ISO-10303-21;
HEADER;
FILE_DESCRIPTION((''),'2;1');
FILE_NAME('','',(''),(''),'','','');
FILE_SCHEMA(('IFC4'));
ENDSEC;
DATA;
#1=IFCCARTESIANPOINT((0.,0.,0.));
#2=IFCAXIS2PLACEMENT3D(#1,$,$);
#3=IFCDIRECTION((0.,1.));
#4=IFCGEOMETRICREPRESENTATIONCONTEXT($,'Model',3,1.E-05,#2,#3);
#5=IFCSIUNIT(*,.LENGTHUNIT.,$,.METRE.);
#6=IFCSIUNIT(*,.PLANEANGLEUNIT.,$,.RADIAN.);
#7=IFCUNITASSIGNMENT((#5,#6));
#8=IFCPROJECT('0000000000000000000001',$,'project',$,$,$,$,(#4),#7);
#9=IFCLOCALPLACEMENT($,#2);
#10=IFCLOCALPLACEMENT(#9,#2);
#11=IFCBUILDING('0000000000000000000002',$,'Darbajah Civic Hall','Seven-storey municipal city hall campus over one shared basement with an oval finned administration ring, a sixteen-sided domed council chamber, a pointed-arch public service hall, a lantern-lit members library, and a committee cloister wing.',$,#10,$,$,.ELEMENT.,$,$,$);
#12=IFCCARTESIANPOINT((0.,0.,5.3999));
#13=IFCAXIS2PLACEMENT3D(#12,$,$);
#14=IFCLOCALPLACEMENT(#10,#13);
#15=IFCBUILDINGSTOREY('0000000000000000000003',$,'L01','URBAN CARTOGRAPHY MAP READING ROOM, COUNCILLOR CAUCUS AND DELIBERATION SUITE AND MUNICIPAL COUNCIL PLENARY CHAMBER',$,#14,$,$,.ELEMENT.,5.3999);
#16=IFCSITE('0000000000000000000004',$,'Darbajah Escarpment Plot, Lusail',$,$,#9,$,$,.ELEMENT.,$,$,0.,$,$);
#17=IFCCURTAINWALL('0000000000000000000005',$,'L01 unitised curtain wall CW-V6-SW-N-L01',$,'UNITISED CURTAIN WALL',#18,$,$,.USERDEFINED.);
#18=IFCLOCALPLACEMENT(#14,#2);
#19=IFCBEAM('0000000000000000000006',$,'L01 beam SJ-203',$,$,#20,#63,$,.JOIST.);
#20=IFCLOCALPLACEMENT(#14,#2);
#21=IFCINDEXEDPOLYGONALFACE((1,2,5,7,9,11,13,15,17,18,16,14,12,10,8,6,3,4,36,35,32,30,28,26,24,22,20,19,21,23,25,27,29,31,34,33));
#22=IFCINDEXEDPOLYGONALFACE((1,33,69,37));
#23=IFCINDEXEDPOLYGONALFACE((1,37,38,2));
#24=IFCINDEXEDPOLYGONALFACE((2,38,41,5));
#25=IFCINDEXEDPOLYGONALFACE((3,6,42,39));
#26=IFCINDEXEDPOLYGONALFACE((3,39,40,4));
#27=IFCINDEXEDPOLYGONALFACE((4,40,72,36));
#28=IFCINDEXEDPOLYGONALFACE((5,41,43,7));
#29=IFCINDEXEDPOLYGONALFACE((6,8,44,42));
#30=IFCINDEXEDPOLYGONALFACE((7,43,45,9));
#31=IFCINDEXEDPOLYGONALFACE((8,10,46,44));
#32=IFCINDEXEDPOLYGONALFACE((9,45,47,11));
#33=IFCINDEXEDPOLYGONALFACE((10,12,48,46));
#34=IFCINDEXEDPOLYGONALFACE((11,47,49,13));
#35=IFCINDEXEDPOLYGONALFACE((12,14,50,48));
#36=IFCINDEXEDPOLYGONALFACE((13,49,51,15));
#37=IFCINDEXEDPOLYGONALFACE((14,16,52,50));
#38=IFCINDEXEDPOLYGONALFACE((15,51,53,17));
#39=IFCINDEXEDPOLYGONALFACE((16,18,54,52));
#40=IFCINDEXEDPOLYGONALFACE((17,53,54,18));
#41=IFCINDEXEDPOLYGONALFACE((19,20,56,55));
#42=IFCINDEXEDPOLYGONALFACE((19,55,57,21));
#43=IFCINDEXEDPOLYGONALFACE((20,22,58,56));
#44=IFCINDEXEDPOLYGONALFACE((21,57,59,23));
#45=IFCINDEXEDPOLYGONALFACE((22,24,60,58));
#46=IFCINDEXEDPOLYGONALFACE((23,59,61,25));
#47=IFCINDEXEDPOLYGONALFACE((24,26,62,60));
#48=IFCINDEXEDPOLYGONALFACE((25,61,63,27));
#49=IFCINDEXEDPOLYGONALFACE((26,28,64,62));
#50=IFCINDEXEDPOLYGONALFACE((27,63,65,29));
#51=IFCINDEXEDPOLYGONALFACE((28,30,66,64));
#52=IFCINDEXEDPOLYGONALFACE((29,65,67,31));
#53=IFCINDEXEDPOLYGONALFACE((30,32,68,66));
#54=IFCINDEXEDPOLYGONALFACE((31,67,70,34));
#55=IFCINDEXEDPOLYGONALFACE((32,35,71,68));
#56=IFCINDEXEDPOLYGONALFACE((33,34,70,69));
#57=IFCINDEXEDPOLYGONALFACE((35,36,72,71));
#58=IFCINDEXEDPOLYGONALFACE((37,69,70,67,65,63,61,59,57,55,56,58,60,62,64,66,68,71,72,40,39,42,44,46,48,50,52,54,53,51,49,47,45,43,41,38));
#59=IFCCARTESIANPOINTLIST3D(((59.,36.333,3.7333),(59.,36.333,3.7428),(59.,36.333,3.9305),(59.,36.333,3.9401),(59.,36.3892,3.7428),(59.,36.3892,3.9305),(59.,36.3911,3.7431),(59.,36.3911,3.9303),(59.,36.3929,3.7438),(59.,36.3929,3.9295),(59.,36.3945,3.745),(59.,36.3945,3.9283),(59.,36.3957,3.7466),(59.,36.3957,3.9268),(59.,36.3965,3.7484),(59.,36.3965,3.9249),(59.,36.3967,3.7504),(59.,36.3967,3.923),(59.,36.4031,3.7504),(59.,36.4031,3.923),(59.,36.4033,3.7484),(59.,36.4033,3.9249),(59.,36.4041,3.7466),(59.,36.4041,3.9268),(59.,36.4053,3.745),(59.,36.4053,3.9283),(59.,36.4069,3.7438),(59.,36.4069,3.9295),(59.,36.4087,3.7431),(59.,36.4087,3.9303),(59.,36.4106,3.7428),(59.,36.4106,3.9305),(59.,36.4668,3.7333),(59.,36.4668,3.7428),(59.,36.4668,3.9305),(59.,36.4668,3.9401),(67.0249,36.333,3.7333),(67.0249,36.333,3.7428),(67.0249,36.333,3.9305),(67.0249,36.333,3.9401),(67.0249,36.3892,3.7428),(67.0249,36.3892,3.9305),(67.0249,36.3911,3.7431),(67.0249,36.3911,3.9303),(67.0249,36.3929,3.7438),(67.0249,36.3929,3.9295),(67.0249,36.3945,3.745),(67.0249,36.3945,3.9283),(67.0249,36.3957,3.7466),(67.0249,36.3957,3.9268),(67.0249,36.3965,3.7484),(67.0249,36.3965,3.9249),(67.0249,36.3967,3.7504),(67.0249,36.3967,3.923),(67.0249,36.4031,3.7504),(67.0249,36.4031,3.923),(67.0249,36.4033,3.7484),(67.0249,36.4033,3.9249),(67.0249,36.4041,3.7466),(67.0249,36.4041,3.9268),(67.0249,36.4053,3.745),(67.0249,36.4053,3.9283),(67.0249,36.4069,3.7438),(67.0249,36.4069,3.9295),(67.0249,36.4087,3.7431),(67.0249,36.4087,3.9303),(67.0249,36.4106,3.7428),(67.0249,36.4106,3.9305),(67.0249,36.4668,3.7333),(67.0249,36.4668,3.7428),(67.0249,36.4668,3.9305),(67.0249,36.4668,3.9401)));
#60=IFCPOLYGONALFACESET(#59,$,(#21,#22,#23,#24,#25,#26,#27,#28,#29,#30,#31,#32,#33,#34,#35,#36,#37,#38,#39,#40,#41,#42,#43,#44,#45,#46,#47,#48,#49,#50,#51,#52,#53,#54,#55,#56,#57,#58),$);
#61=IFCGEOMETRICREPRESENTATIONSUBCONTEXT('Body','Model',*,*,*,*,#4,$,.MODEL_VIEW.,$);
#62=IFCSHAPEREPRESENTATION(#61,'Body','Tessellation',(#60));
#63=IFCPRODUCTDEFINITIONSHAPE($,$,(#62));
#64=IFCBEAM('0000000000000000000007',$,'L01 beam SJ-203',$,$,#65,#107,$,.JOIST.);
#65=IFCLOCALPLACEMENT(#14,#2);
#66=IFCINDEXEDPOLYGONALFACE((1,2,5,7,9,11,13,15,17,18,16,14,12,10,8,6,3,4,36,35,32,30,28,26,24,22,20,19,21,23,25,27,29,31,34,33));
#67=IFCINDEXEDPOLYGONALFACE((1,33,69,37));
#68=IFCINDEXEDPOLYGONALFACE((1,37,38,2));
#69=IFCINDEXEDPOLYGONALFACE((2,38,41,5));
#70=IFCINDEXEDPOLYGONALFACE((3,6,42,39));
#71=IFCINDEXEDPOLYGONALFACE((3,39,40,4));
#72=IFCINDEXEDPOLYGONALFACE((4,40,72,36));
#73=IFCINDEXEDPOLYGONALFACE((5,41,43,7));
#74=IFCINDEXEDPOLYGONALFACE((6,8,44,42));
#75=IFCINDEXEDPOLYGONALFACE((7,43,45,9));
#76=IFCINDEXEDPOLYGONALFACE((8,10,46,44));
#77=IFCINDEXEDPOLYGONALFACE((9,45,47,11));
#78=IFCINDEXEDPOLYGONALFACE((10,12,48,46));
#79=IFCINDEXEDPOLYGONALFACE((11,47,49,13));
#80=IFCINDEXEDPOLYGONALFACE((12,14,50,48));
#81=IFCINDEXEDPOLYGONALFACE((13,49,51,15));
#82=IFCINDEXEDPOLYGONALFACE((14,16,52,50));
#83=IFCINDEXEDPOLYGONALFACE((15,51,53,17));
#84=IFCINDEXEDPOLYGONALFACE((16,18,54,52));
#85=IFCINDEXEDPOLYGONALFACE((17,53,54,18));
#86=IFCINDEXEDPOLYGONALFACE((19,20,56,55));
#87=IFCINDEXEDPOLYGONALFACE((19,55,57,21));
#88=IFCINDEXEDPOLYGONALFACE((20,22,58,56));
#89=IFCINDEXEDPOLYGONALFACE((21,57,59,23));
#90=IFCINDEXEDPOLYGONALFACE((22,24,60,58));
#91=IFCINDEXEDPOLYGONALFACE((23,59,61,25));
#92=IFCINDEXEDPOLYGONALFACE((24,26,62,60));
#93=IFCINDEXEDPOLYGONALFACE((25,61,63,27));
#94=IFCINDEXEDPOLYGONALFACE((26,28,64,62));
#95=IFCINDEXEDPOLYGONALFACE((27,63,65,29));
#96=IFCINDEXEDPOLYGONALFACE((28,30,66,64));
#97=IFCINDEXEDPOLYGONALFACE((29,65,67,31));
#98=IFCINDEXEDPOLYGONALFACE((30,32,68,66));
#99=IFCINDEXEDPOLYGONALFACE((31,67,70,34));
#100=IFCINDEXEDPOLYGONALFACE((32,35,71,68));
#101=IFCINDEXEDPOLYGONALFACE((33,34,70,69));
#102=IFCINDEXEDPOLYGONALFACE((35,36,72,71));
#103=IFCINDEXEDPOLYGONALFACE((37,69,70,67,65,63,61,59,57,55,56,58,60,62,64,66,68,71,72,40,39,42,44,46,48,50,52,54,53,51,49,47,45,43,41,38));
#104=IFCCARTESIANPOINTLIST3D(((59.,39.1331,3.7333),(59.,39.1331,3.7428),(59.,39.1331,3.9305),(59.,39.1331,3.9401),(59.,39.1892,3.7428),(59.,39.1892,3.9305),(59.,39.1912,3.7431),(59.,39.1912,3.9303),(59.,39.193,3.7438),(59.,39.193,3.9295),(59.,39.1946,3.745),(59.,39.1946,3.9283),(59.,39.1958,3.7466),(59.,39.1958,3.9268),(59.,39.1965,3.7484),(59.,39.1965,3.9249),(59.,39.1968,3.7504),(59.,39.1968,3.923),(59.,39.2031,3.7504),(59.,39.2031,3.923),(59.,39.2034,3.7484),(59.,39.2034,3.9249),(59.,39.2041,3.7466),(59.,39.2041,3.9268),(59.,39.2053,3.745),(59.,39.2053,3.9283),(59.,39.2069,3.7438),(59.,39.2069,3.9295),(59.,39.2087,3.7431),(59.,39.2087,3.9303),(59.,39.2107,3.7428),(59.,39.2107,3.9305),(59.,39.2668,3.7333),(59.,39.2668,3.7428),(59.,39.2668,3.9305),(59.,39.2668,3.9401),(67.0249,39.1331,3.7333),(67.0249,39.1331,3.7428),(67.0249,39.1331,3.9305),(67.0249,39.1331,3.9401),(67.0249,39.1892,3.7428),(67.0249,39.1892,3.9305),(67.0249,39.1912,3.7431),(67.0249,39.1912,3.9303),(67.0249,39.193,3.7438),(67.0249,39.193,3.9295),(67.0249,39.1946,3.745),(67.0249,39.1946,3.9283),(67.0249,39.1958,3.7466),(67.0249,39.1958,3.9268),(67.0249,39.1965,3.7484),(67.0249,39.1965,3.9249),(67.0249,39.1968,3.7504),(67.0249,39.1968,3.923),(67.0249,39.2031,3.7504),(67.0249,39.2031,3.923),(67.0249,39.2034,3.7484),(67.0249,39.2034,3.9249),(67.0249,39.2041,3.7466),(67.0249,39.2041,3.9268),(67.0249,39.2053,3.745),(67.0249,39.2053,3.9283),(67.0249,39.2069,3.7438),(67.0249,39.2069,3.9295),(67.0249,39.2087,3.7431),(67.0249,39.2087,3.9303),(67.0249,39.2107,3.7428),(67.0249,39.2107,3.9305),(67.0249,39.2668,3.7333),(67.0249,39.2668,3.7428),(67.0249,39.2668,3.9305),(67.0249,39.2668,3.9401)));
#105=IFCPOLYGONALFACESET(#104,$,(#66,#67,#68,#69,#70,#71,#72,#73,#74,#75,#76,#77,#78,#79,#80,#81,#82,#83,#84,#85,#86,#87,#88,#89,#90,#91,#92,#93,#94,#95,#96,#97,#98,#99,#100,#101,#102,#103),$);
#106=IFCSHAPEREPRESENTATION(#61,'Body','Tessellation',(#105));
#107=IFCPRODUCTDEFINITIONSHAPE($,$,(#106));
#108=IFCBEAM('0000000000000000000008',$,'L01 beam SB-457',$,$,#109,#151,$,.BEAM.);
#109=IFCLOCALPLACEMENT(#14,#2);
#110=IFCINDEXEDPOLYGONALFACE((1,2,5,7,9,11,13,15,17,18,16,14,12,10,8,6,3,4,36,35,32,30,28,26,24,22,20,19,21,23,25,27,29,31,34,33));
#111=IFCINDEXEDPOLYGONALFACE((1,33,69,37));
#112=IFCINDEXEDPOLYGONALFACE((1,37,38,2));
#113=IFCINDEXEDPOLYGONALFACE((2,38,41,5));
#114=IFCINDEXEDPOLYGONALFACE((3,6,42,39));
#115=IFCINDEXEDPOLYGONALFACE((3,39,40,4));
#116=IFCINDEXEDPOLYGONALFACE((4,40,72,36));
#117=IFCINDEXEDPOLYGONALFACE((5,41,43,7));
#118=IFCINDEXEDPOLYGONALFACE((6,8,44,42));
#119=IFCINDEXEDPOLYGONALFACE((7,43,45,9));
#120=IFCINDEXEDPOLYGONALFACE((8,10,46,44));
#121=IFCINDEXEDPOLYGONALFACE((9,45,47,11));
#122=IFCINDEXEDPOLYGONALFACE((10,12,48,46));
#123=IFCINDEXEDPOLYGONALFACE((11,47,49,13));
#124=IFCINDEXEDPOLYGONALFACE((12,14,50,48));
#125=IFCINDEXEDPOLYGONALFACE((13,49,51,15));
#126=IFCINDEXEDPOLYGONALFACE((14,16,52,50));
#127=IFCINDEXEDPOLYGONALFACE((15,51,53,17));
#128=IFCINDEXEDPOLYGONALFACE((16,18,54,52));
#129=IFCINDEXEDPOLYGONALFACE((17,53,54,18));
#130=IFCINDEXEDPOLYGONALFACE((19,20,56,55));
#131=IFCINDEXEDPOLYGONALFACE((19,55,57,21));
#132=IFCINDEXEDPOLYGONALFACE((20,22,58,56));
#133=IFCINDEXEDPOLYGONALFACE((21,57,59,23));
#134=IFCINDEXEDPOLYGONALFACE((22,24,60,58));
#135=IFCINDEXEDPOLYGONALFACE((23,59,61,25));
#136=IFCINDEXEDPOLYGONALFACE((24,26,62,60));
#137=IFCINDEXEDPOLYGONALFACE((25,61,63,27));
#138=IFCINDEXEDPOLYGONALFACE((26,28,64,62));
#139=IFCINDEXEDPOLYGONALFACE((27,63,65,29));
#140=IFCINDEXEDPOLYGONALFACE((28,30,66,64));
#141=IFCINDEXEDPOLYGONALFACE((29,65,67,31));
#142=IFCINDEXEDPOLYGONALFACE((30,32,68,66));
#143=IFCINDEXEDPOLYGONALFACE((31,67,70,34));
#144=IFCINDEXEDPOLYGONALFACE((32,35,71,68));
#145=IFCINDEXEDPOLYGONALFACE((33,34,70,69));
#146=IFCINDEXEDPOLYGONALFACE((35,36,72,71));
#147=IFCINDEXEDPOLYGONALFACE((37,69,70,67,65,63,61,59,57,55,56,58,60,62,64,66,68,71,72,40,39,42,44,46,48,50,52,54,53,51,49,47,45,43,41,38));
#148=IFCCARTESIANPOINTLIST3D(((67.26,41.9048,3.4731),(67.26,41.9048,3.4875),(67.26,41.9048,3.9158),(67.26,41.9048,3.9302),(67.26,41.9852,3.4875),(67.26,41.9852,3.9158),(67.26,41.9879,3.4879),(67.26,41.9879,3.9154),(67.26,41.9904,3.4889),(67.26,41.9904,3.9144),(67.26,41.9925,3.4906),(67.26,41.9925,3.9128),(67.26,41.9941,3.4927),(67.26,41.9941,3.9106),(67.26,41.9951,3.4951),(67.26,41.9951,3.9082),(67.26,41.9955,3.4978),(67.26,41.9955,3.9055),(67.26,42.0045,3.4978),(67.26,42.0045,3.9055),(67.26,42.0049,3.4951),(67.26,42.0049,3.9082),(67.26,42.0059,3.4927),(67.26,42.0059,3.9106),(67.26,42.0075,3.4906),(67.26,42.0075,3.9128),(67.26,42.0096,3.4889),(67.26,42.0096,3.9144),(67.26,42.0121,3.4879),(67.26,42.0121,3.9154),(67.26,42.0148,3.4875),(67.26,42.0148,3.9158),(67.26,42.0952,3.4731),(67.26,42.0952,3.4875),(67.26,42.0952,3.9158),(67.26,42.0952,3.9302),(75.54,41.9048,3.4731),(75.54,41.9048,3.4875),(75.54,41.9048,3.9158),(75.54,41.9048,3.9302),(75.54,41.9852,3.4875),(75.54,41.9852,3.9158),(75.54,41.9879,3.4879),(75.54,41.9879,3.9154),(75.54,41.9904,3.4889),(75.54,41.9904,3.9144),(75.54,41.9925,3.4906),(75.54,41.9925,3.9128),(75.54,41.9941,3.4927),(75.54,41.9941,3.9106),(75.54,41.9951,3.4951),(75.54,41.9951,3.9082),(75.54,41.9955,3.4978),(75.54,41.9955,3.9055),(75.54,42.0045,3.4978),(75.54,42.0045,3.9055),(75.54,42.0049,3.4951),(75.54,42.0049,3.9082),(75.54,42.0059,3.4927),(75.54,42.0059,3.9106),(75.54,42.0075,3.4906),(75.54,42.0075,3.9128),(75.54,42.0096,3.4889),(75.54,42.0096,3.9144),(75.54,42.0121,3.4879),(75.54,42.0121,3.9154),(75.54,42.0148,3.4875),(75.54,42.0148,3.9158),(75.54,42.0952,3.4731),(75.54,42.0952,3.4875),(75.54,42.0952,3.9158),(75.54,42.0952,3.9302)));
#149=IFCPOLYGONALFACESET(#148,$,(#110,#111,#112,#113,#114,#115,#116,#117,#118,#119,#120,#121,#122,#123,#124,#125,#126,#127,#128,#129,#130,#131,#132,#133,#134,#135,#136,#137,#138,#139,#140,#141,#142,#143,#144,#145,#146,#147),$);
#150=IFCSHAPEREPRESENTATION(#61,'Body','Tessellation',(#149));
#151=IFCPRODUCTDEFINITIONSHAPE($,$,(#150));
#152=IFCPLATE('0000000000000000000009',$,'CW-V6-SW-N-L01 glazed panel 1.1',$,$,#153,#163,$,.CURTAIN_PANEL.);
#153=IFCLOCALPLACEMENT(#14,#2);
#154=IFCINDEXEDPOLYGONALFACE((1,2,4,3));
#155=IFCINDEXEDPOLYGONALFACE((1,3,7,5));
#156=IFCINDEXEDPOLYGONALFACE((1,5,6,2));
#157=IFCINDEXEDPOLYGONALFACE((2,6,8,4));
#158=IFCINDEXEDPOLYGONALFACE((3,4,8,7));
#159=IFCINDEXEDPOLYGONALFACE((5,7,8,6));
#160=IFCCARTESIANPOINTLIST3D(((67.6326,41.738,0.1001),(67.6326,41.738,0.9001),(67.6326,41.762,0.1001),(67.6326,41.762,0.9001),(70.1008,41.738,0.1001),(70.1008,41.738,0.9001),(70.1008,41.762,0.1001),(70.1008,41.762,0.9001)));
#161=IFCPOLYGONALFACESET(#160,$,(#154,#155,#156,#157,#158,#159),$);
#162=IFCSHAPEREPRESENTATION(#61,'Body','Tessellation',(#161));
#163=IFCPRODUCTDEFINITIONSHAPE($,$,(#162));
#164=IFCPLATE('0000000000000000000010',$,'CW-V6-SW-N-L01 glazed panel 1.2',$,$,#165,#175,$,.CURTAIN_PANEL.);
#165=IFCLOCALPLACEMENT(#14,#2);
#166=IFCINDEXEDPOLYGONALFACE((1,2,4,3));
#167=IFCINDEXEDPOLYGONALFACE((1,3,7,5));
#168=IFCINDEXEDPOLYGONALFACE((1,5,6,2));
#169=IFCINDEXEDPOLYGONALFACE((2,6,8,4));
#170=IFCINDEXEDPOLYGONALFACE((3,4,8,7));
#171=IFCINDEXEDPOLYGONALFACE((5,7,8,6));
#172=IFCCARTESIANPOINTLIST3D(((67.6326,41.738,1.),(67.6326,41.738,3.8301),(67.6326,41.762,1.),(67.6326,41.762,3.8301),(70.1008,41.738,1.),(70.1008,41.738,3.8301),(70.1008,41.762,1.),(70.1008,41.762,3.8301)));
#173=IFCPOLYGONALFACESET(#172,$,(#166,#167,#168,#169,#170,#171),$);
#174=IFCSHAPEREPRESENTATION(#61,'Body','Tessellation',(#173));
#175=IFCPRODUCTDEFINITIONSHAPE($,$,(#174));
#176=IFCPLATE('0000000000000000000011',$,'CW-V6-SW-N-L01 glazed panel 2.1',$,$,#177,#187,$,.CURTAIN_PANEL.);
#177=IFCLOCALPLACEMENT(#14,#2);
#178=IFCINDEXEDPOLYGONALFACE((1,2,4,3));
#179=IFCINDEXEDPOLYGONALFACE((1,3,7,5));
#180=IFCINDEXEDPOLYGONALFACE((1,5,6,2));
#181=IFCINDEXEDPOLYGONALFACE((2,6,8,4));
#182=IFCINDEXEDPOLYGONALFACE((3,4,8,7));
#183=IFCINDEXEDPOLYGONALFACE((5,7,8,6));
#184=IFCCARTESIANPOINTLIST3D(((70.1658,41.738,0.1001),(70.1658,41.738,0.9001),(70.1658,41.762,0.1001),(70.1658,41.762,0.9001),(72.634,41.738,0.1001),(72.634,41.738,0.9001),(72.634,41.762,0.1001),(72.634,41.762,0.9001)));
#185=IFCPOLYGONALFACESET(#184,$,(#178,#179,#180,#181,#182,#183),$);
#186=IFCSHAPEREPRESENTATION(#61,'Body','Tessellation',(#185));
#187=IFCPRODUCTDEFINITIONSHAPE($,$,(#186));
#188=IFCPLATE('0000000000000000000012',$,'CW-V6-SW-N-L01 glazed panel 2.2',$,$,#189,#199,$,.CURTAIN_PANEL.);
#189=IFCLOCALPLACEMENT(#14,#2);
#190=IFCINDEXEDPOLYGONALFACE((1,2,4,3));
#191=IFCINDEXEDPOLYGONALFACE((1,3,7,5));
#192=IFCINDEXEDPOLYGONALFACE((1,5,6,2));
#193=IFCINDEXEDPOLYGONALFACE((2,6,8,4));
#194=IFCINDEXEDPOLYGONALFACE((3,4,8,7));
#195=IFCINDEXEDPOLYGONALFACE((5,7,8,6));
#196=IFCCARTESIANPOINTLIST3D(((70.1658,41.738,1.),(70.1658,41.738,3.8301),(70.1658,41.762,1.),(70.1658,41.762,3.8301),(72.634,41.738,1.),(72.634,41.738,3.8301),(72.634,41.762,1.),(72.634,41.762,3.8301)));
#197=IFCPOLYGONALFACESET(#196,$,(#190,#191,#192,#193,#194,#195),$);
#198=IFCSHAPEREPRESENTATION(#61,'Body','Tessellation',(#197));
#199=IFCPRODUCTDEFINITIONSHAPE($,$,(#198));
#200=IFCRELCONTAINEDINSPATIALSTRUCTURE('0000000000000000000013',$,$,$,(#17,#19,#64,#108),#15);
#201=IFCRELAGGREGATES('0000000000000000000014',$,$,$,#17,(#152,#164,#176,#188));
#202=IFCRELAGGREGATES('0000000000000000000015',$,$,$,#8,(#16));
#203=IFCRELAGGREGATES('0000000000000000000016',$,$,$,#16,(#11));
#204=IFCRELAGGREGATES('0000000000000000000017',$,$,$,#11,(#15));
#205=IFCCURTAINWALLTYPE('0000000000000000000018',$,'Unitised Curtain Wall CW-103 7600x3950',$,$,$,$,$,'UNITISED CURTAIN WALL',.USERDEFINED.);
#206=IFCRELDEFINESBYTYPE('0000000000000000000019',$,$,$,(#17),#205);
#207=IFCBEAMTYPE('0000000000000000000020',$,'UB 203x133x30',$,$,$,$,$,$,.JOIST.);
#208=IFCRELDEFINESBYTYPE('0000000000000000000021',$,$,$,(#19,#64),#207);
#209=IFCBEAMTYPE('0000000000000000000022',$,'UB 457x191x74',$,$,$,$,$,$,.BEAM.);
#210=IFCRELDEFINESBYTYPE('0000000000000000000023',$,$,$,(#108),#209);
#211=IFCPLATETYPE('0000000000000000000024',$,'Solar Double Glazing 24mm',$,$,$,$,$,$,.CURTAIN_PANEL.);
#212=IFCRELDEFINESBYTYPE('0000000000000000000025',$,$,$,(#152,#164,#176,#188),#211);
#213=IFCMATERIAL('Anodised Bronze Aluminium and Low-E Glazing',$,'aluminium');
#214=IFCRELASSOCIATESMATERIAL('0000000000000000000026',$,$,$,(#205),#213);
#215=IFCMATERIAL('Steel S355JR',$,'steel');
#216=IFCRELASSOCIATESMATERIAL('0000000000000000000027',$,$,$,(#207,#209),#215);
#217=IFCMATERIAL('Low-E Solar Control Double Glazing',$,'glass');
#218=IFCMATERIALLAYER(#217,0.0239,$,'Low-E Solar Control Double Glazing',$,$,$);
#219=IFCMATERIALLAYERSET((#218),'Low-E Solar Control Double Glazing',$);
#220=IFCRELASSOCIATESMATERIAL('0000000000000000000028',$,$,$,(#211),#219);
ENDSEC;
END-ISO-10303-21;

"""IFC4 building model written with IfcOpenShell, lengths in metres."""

from ifc_helpers import new_model, si_unit, direction, frame, origin, origin_2d, place, context, subcontext, project, spatial, rectangle, i_section, extrude, material, layer, layer_set, material_profile, profile_set, type_object, element, aggregate, save


model = new_model("IFC4")

# Units and contexts
model_context = context("Model", 3, precision=1e-05, world=origin(), true_north=direction((0.0, 1.0)))
body_context = subcontext(model_context, "Body", "Model", "MODEL_VIEW")
ifc_project = project(units=[si_unit("LENGTHUNIT", "METRE"), si_unit("PLANEANGLEUNIT", "RADIAN")], contexts=[model_context])

# Site, building, storey
site_placement = place(None, origin())
site = spatial("IfcSite", under=ifc_project, at=site_placement, Name="Darbajah Escarpment Plot, Lusail", CompositionType="ELEMENT", RefElevation=0.0)
building_placement = place(site_placement, origin())
building = spatial("IfcBuilding", under=site, at=building_placement, Name="Darbajah Civic Hall", Description="Seven-storey municipal city hall campus over one shared basement with an oval finned administration ring, a sixteen-sided domed council chamber, a pointed-arch public service hall, a lantern-lit members library, and a committee cloister wing.", CompositionType="ELEMENT")
storey_placement = place(building_placement, frame((0.0, 0.0, 5.3999)))
storey = spatial("IfcBuildingStorey", under=building, at=storey_placement, Name="L01", Description="URBAN CARTOGRAPHY MAP READING ROOM, COUNCILLOR CAUCUS AND DELIBERATION SUITE AND MUNICIPAL COUNCIL PLENARY CHAMBER", CompositionType="ELEMENT", Elevation=5.3999)

# Curtain wall
ifc_material_1 = material(Name="Anodised Bronze Aluminium and Low-E Glazing", Category="aluminium")
curtain_wall_type = type_object("IfcCurtainWallType", Name="Unitised Curtain Wall CW-103 7600x3950", ElementType="UNITISED CURTAIN WALL", PredefinedType="USERDEFINED", material=ifc_material_1)
curtain_wall_placement = place(storey_placement, origin())
curtain_wall = element("IfcCurtainWall", 1, at=curtain_wall_placement, inside=storey, type_object=curtain_wall_type, Name="L01 unitised curtain wall CW-V6-SW-N-L01", ObjectType="UNITISED CURTAIN WALL", PredefinedType="USERDEFINED")

# Beams
ifc_material_2 = material(Name="Steel S355JR", Category="steel")
ifc_material_profile_1 = material_profile(ifc_material_2, i_section(OverallWidth=0.1338, OverallDepth=0.2068, WebThickness=0.0063, FlangeThickness=0.0095, FilletRadius=0.0076, at=origin_2d()), Name="UB 203x133x30")
ifc_profile_set_1 = profile_set([ifc_material_profile_1], Name="Steel S355JR")
beam_type_1 = type_object("IfcBeamType", Name="UB 203x133x30", PredefinedType="JOIST", material=ifc_profile_set_1)
for number, where, z_axis, x_axis, name in (
    (2, (59.0, 36.3999, 3.8367), (1.0, 0.0, 0.0), (0.0, 1.0, 0.0), "L01 beam SJ-203"),
    (3, (59.0, 39.2, 3.8367), (1.0, 0.0, 0.0), (0.0, 1.0, 0.0), "L01 beam SJ-203"),
):
    element("IfcBeam", number, at=place(storey_placement, frame(where, z_axis=z_axis, x_axis=x_axis)), inside=storey, type_object=beam_type_1, Name=name, PredefinedType="JOIST", context=body_context, shape_type="SweptSolid", body=[
        extrude(i_section(OverallWidth=0.1338, OverallDepth=0.2068, WebThickness=0.0063, FlangeThickness=0.0095, FilletRadius=0.0076, at=origin_2d()), origin(), (0.0, 0.0, 1.0), 8.0249),
    ])
ifc_material_profile_2 = material_profile(ifc_material_2, i_section(OverallWidth=0.1904, OverallDepth=0.457, WebThickness=0.009, FlangeThickness=0.0144, FilletRadius=0.0103, at=origin_2d()), Name="UB 457x191x74")
ifc_profile_set_2 = profile_set([ifc_material_profile_2], Name="Steel S355JR")
beam_type_2 = type_object("IfcBeamType", Name="UB 457x191x74", PredefinedType="BEAM", material=ifc_profile_set_2)
beam_1_placement = place(storey_placement, frame((67.26, 42.0, 3.7017), z_axis=(1.0, 0.0, 0.0), x_axis=(0.0, 1.0, 0.0)))
element("IfcBeam", 4, at=beam_1_placement, inside=storey, type_object=beam_type_2, Name="L01 beam SB-457", PredefinedType="BEAM", context=body_context, shape_type="SweptSolid", body=[
    extrude(i_section(OverallWidth=0.1904, OverallDepth=0.457, WebThickness=0.009, FlangeThickness=0.0144, FilletRadius=0.0103, at=origin_2d()), origin(), (0.0, 0.0, 1.0), 8.28),
])

# Plates
ifc_material_3 = material(Name="Low-E Solar Control Double Glazing", Category="glass")
ifc_layer_1 = layer(ifc_material_3, 0.0239, Name="Low-E Solar Control Double Glazing")
ifc_layer_set_1 = layer_set([ifc_layer_1], Name="Low-E Solar Control Double Glazing")
plate_type = type_object("IfcPlateType", Name="Solar Double Glazing 24mm", PredefinedType="CURTAIN_PANEL", material=ifc_layer_set_1)
plate_1_placement = place(storey_placement, frame((68.8667, 41.75, 0.1001), z_axis=(0.0, 0.0, 1.0), x_axis=(1.0, 0.0, 0.0)))
plate_1 = element("IfcPlate", 5, at=plate_1_placement, type_object=plate_type, Name="CW-V6-SW-N-L01 glazed panel 1.1", PredefinedType="CURTAIN_PANEL", context=body_context, shape_type="SweptSolid", body=[
    extrude(rectangle(XDim=2.4683, YDim=0.0239, at=origin_2d()), origin(), (0.0, 0.0, 1.0), 0.8),
])
plate_2_placement = place(storey_placement, frame((68.8667, 41.75, 1.0), z_axis=(0.0, 0.0, 1.0), x_axis=(1.0, 0.0, 0.0)))
plate_2 = element("IfcPlate", 6, at=plate_2_placement, type_object=plate_type, Name="CW-V6-SW-N-L01 glazed panel 1.2", PredefinedType="CURTAIN_PANEL", context=body_context, shape_type="SweptSolid", body=[
    extrude(rectangle(XDim=2.4683, YDim=0.0239, at=origin_2d()), origin(), (0.0, 0.0, 1.0), 2.8301),
])
plate_3_placement = place(storey_placement, frame((71.3999, 41.75, 0.1001), z_axis=(0.0, 0.0, 1.0), x_axis=(1.0, 0.0, 0.0)))
plate_3 = element("IfcPlate", 7, at=plate_3_placement, type_object=plate_type, Name="CW-V6-SW-N-L01 glazed panel 2.1", PredefinedType="CURTAIN_PANEL", context=body_context, shape_type="SweptSolid", body=[
    extrude(rectangle(XDim=2.4683, YDim=0.0239, at=origin_2d()), origin(), (0.0, 0.0, 1.0), 0.8),
])
plate_4_placement = place(storey_placement, frame((71.3999, 41.75, 1.0), z_axis=(0.0, 0.0, 1.0), x_axis=(1.0, 0.0, 0.0)))
plate_4 = element("IfcPlate", 8, at=plate_4_placement, type_object=plate_type, Name="CW-V6-SW-N-L01 glazed panel 2.2", PredefinedType="CURTAIN_PANEL", context=body_context, shape_type="SweptSolid", body=[
    extrude(rectangle(XDim=2.4683, YDim=0.0239, at=origin_2d()), origin(), (0.0, 0.0, 1.0), 2.8301),
])
aggregate(curtain_wall, [plate_1, plate_2, plate_3, plate_4])

save(model, "model.ifc")
